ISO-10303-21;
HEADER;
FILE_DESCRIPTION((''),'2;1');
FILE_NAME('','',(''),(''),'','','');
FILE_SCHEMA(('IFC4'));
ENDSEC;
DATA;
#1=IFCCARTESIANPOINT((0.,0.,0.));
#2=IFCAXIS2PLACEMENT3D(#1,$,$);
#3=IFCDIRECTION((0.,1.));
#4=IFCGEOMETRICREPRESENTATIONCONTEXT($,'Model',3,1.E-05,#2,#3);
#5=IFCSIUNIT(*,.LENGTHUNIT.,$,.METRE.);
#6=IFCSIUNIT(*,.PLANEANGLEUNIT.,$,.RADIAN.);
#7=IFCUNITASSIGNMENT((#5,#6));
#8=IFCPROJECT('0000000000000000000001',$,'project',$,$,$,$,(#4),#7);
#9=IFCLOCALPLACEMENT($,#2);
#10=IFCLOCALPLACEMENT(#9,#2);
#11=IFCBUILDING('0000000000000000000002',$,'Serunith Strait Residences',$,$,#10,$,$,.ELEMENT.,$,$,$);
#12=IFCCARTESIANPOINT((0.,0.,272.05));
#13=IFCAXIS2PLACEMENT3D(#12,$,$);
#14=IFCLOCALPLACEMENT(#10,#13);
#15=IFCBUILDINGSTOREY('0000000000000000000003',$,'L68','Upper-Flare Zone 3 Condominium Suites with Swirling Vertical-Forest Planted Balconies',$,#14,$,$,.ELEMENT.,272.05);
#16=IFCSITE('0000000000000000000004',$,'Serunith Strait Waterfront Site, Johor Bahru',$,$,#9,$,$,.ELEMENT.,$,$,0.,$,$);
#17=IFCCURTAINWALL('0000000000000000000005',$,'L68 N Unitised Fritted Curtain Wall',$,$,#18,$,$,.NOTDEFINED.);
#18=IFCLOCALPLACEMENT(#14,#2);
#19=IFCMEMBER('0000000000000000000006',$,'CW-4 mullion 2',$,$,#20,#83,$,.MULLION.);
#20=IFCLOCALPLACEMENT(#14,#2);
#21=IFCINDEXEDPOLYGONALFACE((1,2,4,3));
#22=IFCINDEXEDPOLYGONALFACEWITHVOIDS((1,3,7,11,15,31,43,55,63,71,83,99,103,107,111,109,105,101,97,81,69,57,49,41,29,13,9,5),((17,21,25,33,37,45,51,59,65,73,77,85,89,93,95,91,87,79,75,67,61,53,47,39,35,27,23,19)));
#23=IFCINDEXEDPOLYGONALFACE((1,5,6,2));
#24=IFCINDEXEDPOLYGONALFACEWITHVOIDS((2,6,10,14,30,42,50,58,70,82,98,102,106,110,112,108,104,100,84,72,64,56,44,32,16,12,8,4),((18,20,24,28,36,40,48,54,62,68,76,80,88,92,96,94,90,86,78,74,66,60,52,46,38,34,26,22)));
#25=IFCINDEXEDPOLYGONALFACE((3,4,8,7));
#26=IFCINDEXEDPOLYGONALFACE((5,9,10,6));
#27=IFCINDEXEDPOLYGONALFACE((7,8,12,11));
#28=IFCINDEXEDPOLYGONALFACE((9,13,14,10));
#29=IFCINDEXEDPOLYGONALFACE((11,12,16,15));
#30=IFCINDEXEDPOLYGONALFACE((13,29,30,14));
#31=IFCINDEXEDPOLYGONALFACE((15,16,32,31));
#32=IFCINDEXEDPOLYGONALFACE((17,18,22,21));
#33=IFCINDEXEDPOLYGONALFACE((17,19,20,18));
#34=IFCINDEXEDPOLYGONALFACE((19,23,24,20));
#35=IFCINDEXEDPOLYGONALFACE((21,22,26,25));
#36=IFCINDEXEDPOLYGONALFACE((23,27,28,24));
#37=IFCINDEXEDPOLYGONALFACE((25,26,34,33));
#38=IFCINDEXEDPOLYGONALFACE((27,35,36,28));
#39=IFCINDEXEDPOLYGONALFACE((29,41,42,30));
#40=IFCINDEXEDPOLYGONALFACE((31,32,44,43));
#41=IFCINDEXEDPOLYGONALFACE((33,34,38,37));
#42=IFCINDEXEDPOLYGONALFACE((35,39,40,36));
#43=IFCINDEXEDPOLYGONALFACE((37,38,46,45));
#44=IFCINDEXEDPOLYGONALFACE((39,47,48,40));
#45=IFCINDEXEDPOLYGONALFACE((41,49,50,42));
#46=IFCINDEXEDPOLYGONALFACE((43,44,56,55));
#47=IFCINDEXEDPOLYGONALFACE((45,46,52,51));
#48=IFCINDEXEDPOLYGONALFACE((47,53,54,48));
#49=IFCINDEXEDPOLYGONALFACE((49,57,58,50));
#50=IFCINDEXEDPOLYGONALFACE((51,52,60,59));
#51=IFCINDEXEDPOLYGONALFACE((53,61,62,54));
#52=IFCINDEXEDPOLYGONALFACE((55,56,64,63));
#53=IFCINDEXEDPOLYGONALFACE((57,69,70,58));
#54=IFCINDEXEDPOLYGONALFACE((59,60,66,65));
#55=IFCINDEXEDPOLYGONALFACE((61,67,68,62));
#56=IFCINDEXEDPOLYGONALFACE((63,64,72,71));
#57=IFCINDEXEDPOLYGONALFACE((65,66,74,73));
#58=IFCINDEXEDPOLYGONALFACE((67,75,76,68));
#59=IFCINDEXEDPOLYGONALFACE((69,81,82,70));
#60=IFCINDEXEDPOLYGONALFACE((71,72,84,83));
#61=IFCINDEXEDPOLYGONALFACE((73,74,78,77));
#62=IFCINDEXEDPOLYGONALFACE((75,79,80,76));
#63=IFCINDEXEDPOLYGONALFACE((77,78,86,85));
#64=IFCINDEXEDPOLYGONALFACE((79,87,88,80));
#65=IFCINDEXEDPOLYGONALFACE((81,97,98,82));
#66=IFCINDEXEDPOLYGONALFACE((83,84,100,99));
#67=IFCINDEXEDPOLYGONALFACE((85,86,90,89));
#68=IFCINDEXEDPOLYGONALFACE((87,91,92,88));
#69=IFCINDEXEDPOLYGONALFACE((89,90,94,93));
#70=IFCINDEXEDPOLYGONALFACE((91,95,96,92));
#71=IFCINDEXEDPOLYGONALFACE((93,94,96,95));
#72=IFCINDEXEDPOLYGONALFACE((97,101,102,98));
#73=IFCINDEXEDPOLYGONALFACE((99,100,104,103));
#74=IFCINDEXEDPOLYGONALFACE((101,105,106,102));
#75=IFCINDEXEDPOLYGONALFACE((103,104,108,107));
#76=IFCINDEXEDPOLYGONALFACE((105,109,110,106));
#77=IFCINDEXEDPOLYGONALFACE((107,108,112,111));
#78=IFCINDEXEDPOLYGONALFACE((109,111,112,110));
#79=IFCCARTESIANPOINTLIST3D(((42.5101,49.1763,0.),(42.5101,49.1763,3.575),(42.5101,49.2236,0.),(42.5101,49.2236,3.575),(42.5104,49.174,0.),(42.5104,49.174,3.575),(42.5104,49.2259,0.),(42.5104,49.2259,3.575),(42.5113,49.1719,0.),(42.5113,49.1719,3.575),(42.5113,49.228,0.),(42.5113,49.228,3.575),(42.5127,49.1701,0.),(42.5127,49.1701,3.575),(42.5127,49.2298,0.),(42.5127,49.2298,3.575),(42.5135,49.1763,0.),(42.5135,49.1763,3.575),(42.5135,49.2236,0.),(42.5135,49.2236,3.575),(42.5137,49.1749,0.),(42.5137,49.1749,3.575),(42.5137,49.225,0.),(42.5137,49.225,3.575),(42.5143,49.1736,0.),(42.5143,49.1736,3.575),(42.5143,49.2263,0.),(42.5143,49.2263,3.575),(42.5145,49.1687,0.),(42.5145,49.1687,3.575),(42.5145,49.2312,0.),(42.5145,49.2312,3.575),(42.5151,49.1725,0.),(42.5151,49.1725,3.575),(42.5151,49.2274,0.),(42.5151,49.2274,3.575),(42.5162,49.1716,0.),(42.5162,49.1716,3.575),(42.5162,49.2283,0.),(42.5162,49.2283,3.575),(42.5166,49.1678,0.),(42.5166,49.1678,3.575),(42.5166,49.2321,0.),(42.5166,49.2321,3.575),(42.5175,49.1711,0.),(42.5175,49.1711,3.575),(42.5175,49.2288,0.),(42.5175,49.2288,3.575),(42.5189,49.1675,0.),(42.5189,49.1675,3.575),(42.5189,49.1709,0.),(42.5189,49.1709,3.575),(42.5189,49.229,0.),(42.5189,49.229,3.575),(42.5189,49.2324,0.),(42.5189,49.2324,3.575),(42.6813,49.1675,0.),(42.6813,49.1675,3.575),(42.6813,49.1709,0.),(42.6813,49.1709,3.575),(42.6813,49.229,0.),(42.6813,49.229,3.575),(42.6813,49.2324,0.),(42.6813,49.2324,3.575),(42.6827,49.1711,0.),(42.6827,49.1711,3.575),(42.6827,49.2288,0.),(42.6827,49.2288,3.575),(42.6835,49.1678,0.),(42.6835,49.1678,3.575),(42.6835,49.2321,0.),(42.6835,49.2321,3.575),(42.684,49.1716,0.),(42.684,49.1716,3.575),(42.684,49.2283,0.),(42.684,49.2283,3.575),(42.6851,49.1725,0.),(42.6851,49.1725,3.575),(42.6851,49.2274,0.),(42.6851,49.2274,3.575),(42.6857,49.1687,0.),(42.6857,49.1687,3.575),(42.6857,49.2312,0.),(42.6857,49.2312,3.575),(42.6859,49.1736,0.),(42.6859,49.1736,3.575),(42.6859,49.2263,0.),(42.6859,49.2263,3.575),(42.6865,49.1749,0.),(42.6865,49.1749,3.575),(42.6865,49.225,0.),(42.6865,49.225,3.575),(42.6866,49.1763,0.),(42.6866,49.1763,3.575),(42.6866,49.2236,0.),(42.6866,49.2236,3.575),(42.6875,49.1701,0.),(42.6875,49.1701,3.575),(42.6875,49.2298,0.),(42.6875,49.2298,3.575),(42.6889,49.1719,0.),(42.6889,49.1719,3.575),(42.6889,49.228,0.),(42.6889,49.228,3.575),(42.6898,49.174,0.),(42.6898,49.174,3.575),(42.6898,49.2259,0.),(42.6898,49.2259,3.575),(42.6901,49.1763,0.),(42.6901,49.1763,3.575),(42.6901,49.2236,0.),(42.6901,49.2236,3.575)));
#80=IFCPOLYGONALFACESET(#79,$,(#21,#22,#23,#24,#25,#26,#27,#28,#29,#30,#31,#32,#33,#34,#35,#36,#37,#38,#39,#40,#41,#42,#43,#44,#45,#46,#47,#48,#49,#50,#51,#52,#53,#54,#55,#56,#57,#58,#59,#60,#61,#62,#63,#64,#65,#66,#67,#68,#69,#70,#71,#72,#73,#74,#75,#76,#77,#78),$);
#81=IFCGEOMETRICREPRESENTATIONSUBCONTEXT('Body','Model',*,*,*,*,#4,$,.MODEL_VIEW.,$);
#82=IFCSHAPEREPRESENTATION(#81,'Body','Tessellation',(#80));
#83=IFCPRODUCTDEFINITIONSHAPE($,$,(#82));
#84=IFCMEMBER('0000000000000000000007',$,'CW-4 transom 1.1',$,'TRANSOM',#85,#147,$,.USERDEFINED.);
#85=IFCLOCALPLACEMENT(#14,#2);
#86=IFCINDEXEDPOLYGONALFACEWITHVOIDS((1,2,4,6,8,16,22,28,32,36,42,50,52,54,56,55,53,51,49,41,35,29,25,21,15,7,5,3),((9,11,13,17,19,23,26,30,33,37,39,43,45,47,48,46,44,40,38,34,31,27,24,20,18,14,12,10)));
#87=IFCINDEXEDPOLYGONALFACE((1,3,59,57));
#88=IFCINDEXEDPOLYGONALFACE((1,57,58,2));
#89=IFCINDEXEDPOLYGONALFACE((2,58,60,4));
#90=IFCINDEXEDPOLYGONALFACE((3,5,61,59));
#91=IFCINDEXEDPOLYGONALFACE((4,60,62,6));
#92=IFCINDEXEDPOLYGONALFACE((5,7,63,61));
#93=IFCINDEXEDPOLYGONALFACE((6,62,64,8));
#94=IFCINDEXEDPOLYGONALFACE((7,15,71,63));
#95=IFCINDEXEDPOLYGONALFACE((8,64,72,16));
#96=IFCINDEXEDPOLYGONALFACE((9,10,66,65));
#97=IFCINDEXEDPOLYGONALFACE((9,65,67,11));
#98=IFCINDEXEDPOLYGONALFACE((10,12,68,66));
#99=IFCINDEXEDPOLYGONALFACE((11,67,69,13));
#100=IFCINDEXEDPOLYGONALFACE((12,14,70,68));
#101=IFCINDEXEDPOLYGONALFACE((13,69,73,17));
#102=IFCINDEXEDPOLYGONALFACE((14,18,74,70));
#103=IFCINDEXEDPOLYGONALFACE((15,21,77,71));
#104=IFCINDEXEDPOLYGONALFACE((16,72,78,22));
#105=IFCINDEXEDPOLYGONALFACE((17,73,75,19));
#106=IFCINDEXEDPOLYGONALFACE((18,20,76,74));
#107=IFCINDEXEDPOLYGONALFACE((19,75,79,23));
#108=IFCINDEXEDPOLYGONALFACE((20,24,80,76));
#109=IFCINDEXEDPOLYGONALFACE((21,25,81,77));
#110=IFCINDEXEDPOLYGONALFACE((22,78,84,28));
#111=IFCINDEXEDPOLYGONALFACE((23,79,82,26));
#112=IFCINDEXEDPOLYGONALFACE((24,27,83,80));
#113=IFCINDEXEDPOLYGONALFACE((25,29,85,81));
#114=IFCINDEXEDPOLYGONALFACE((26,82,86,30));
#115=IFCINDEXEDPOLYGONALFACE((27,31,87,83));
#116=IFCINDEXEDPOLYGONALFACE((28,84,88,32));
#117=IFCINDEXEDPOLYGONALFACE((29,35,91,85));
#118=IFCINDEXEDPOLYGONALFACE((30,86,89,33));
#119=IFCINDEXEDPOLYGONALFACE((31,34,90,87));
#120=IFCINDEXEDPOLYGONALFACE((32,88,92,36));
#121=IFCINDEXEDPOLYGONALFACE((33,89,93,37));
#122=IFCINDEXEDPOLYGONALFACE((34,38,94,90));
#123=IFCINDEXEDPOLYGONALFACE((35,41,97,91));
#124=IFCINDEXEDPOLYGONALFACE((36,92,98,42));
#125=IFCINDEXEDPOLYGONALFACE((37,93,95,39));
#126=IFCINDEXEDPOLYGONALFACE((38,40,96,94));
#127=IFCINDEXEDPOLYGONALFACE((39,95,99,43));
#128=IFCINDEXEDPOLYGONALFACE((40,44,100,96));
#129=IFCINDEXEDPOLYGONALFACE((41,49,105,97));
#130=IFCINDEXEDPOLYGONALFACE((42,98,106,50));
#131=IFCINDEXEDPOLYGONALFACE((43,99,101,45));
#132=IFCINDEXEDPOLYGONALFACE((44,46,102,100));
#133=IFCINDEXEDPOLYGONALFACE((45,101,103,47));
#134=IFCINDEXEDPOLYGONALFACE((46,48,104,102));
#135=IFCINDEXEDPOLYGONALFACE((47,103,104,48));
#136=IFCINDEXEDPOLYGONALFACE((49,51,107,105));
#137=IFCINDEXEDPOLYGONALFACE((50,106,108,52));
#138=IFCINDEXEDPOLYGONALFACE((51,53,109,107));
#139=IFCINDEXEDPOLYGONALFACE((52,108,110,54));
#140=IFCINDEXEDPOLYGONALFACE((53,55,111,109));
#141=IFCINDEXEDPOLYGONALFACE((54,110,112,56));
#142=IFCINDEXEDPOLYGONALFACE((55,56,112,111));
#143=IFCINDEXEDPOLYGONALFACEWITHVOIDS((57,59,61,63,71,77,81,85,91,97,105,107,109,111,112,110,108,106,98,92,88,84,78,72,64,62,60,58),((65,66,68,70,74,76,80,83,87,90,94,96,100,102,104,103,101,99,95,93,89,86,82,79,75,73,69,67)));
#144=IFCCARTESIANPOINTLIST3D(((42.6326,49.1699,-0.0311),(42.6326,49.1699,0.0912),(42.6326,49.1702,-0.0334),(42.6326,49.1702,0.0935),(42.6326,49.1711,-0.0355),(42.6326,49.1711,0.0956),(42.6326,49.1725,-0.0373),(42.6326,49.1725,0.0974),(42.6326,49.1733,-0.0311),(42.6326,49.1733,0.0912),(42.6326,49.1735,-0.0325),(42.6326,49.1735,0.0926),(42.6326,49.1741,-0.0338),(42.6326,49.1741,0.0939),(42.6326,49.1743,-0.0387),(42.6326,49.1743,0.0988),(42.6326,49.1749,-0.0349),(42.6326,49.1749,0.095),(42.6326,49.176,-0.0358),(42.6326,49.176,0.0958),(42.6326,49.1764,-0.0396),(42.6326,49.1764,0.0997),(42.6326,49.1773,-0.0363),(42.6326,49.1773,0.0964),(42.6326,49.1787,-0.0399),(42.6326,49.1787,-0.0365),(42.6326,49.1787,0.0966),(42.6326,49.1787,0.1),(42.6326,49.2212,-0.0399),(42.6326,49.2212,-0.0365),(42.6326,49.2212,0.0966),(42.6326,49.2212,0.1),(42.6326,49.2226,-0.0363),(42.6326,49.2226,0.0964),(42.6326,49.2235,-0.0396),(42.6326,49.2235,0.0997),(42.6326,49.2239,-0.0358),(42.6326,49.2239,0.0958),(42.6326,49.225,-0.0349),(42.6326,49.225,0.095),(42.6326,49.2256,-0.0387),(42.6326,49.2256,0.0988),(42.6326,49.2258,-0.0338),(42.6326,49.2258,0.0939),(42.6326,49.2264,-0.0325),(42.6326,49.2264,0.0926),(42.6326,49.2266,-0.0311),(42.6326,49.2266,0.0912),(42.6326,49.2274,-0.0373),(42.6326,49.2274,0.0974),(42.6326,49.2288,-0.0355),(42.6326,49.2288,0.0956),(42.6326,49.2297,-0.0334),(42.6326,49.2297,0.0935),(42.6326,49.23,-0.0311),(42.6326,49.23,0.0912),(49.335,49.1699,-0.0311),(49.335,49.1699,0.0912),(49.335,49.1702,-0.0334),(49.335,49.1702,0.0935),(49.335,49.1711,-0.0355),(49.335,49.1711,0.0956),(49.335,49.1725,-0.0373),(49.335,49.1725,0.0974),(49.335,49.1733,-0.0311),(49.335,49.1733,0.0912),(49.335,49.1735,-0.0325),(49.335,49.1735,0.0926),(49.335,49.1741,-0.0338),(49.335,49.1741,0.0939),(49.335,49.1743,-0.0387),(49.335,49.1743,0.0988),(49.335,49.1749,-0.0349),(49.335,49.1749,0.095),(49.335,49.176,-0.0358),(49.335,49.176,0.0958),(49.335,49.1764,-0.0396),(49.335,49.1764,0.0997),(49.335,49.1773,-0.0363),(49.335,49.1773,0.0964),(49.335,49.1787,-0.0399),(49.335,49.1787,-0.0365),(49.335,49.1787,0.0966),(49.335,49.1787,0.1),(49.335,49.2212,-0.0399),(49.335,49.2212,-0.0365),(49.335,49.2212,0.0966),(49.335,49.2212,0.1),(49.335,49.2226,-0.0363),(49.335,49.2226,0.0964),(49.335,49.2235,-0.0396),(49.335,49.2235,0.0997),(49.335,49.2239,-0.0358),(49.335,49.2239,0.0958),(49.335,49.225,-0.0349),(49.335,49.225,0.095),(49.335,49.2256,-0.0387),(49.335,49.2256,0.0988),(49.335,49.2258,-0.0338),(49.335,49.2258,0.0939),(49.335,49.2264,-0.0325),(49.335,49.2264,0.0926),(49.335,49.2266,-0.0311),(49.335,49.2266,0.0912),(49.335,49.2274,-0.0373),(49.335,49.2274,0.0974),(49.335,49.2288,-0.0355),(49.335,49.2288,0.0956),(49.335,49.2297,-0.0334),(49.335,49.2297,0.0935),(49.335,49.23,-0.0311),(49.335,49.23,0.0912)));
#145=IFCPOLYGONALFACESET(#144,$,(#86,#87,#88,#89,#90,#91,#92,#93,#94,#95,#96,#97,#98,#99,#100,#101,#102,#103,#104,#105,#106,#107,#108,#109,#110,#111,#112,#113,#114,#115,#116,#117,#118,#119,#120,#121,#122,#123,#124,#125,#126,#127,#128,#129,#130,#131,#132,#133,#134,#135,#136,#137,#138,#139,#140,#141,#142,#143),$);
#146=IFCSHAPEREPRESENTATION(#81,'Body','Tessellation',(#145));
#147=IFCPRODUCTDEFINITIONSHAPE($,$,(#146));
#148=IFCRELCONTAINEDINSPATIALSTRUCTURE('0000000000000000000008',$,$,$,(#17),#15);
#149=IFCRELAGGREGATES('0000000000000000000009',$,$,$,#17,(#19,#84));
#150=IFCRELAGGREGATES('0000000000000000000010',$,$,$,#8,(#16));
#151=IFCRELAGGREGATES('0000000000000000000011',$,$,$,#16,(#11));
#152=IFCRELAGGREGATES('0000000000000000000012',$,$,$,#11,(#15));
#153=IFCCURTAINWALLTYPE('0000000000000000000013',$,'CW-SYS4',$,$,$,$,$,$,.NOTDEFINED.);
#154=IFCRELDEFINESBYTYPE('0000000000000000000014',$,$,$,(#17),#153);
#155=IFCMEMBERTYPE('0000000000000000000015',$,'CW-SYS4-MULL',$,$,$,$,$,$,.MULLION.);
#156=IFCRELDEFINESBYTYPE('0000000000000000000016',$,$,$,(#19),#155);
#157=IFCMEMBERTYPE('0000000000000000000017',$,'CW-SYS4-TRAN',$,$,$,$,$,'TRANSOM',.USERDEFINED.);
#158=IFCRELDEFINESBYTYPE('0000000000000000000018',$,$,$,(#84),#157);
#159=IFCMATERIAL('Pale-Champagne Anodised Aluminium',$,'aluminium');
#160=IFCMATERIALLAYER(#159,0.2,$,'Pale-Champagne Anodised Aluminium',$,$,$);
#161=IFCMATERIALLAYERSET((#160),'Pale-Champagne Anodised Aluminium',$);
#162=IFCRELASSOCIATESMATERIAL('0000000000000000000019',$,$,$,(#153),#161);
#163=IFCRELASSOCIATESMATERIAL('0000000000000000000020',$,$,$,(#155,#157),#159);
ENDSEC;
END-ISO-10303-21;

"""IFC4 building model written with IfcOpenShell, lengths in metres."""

from ifc_helpers import new_model, si_unit, direction, frame, origin, origin_2d, place, context, subcontext, project, spatial, hollow_rectangle, extrude, source, transform, mapped, material, layer, layer_set, material_profile, profile_set, type_object, element, aggregate, save


model = new_model("IFC4")

# Units and contexts
model_context = context("Model", 3, precision=1e-05, world=origin(), true_north=direction((0.0, 1.0)))
body_context = subcontext(model_context, "Body", "Model", "MODEL_VIEW")
ifc_project = project(units=[si_unit("LENGTHUNIT", "METRE"), si_unit("PLANEANGLEUNIT", "RADIAN")], contexts=[model_context])

# Site, building, storey
site_placement = place(None, origin())
site = spatial("IfcSite", under=ifc_project, at=site_placement, Name="Serunith Strait Waterfront Site, Johor Bahru", CompositionType="ELEMENT", RefElevation=0.0)
building_placement = place(site_placement, origin())
building = spatial("IfcBuilding", under=site, at=building_placement, Name="Serunith Strait Residences", CompositionType="ELEMENT")
storey_placement = place(building_placement, frame((0.0, 0.0, 272.05)))
storey = spatial("IfcBuildingStorey", under=building, at=storey_placement, Name="L68", Description="Upper-Flare Zone 3 Condominium Suites with Swirling Vertical-Forest Planted Balconies", CompositionType="ELEMENT", Elevation=272.05)

# Shared definitions
ifc_material_1 = material(Name="Pale-Champagne Anodised Aluminium", Category="aluminium")
ifc_layer_1 = layer(ifc_material_1, 0.2, Name="Pale-Champagne Anodised Aluminium")
ifc_layer_set_1 = layer_set([ifc_layer_1], Name="Pale-Champagne Anodised Aluminium")
curtain_wall_type = type_object("IfcCurtainWallType", Name="CW-SYS4", PredefinedType="NOTDEFINED", material=ifc_layer_set_1)
ifc_material_profile_1 = material_profile(ifc_material_1, hollow_rectangle(XDim=0.0649, YDim=0.1799, WallThickness=0.0034, InnerFilletRadius=0.0054, OuterFilletRadius=0.0088, at=origin_2d()), Name="ALU 180x65x3.5")
ifc_profile_set_1 = profile_set([ifc_material_profile_1], Name="Pale-Champagne Anodised Aluminium")
member_type_1 = type_object("IfcMemberType", Name="CW-SYS4-MULL", PredefinedType="MULLION", material=ifc_profile_set_1)
shared_shape_1 = source(origin(), body_context, "Body", "SweptSolid", [
    extrude(hollow_rectangle(XDim=0.0649, YDim=0.1799, WallThickness=0.0034, InnerFilletRadius=0.0054, OuterFilletRadius=0.0088, at=origin_2d()), origin(), (0.0, 0.0, 1.0), 3.575),
])

# Curtain wall, members
curtain_wall_1_placement = place(storey_placement, origin())
curtain_wall_1 = element("IfcCurtainWall", 1, at=curtain_wall_1_placement, inside=storey, type_object=curtain_wall_type, Name="L68 N Unitised Fritted Curtain Wall", PredefinedType="NOTDEFINED")
member_1_placement = place(storey_placement, frame((42.6001, 49.2, 0.0), z_axis=(0.0, 0.0, 1.0), x_axis=(0.0, -1.0, 0.0)))
member_1 = element("IfcMember", 2, at=member_1_placement, type_object=member_type_1, Name="CW-4 mullion 2", PredefinedType="MULLION", context=body_context, shape_type="MappedRepresentation", body=[
    mapped(shared_shape_1, transform((0.0, 0.0, 0.0), scale=1.0)),
])
ifc_material_profile_2 = material_profile(ifc_material_1, hollow_rectangle(XDim=0.0601, YDim=0.1399, WallThickness=0.0034, InnerFilletRadius=0.0054, OuterFilletRadius=0.0088, at=origin_2d()), Name="ALU 140x60x3.5")
ifc_profile_set_2 = profile_set([ifc_material_profile_2], Name="Pale-Champagne Anodised Aluminium")
member_type_2 = type_object("IfcMemberType", Name="CW-SYS4-TRAN", ElementType="TRANSOM", PredefinedType="USERDEFINED", material=ifc_profile_set_2)
shared_shape_2 = source(origin(), body_context, "Body", "SweptSolid", [
    extrude(hollow_rectangle(XDim=0.0601, YDim=0.1399, WallThickness=0.0034, InnerFilletRadius=0.0054, OuterFilletRadius=0.0088, at=origin_2d()), origin(), (0.0, 0.0, 1.0), 6.7024),
])
member_2_placement = place(storey_placement, frame((49.335, 49.2, 0.03), z_axis=(-1.0, 0.0, 0.0), x_axis=(0.0, -1.0, 0.0)))
member_2 = element("IfcMember", 3, at=member_2_placement, type_object=member_type_2, Name="CW-4 transom 1.1", ObjectType="TRANSOM", PredefinedType="USERDEFINED", context=body_context, shape_type="MappedRepresentation", body=[
    mapped(shared_shape_2, transform((0.0, 0.0, 0.0), scale=1.0)),
])
aggregate(curtain_wall_1, [member_1, member_2])

save(model, "model.ifc")
